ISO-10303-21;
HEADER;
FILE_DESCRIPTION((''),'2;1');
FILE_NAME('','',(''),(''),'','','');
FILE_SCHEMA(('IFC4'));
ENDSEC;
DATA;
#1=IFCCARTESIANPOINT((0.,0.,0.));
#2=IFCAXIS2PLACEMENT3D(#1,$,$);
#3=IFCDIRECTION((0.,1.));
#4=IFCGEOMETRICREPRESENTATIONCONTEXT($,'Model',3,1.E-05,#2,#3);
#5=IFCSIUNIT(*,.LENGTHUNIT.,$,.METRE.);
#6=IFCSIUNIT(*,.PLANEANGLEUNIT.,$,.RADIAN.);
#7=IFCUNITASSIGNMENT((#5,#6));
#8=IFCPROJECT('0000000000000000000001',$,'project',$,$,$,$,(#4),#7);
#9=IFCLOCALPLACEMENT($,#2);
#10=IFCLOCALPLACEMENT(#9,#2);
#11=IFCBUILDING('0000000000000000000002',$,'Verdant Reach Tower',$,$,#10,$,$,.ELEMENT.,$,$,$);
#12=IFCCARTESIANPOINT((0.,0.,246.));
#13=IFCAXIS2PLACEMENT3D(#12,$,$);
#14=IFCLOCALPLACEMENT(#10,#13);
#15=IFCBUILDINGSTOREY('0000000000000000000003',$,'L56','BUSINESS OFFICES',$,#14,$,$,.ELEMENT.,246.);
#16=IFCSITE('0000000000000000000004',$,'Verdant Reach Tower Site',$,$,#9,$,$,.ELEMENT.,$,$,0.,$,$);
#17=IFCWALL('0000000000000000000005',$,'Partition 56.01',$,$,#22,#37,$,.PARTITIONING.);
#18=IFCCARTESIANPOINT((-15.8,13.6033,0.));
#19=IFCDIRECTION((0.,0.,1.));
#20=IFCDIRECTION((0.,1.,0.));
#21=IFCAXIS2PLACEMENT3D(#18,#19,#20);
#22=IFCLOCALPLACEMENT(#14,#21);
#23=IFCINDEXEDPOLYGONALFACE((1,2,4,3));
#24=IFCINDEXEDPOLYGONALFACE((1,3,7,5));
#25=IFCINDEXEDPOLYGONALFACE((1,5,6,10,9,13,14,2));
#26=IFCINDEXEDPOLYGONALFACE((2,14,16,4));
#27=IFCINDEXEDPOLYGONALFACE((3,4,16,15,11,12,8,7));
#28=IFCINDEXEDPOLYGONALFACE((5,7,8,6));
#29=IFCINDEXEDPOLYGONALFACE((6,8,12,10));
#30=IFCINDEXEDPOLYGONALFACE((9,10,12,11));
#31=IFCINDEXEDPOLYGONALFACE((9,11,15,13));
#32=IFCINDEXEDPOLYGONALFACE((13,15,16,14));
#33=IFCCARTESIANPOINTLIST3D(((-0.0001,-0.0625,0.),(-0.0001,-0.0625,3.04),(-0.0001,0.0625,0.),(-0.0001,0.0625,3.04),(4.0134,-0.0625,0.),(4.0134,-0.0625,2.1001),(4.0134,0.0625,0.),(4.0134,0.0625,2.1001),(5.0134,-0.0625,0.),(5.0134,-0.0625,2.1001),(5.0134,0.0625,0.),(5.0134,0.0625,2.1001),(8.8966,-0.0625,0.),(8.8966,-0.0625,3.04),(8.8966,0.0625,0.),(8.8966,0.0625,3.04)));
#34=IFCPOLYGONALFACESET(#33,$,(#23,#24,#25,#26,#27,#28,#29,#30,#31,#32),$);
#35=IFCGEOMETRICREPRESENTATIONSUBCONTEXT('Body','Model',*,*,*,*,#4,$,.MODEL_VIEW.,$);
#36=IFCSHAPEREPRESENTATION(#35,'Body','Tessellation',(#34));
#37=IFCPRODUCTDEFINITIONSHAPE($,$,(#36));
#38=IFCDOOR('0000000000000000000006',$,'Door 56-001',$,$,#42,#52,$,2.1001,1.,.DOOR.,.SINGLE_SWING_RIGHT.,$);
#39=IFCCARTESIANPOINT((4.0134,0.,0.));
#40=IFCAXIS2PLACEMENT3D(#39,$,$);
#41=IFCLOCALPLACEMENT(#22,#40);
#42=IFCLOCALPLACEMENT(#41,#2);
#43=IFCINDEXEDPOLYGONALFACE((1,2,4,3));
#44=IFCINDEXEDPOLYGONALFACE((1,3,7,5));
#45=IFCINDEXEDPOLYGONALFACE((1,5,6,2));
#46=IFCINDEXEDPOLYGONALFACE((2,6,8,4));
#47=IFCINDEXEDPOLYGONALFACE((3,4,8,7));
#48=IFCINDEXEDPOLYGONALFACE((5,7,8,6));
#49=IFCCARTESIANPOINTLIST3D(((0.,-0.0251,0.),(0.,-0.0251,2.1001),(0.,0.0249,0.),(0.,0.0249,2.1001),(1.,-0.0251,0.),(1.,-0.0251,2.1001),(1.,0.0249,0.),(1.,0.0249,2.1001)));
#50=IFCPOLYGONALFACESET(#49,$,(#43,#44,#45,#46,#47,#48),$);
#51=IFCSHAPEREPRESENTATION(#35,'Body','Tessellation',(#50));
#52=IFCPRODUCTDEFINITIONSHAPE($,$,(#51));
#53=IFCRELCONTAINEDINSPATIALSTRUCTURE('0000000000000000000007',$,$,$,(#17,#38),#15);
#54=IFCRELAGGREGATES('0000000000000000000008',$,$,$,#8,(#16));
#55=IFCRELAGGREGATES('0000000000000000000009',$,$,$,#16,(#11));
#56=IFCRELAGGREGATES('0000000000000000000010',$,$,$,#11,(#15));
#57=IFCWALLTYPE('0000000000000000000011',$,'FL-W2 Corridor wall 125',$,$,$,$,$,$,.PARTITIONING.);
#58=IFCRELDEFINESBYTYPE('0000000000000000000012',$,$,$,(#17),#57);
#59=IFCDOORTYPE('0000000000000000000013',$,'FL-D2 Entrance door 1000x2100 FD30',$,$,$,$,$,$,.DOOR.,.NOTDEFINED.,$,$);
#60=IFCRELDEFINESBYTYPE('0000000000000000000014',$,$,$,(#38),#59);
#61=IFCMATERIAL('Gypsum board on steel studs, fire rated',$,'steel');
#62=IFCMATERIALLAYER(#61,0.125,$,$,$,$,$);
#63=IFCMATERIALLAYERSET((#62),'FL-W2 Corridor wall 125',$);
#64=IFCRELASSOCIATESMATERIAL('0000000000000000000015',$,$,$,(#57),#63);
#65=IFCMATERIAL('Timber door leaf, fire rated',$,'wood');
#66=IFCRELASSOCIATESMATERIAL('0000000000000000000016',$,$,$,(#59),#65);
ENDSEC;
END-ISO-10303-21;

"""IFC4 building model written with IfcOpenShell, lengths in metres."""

from ifc_helpers import new_model, si_unit, direction, frame, frame_2d, origin, place, context, subcontext, project, spatial, rectangle, extrude, material, layer, layer_set, type_object, element, fill, save


model = new_model("IFC4")

# Units and contexts
model_context = context("Model", 3, precision=1e-05, world=origin(), true_north=direction((0.0, 1.0)))
body_context = subcontext(model_context, "Body", "Model", "MODEL_VIEW")
ifc_project = project(units=[si_unit("LENGTHUNIT", "METRE"), si_unit("PLANEANGLEUNIT", "RADIAN")], contexts=[model_context])

# Site, building, storey
site_placement = place(None, origin())
site = spatial("IfcSite", under=ifc_project, at=site_placement, Name="Verdant Reach Tower Site", CompositionType="ELEMENT", RefElevation=0.0)
building_placement = place(site_placement, origin())
building = spatial("IfcBuilding", under=site, at=building_placement, Name="Verdant Reach Tower", CompositionType="ELEMENT")
storey_placement = place(building_placement, frame((0.0, 0.0, 246.0)))
storey = spatial("IfcBuildingStorey", under=building, at=storey_placement, Name="L56", Description="BUSINESS OFFICES", CompositionType="ELEMENT", Elevation=246.0)

# Wall, opening, door
ifc_material_1 = material(Name="Gypsum board on steel studs, fire rated", Category="steel")
ifc_layer_1 = layer(ifc_material_1, 0.125)
ifc_layer_set_1 = layer_set([ifc_layer_1], Name="FL-W2 Corridor wall 125")
wall_type_1 = type_object("IfcWallType", Name="FL-W2 Corridor wall 125", PredefinedType="PARTITIONING", material=ifc_layer_set_1)
wall_1_placement = place(storey_placement, frame((-15.8, 13.6033, 0.0), z_axis=(0.0, 0.0, 1.0), x_axis=(0.0, 1.0, 0.0)))
wall_1 = element("IfcWall", 1, at=wall_1_placement, inside=storey, type_object=wall_type_1, Name="Partition 56.01", PredefinedType="PARTITIONING", context=body_context, shape_type="SweptSolid", body=[
    extrude(rectangle(XDim=8.8967, YDim=0.125, at=frame_2d((4.4482, 0.0))), origin(), (0.0, 0.0, 1.0), 3.04),
])
opening_1_placement = place(wall_1_placement, frame((4.0134, 0.0, 0.0)))
opening_1 = element("IfcOpeningElement", 2, at=opening_1_placement, cuts=wall_1, PredefinedType="OPENING", context=body_context, shape_type="SweptSolid", body=[
    extrude(rectangle(XDim=1.0, YDim=2.1001, at=frame_2d((0.5, 1.05))), frame((0.0, 0.0725, 0.0), z_axis=(0.0, -1.0, 0.0), x_axis=(1.0, 0.0, 0.0)), (0.0, 0.0, 1.0), 0.145),
])
ifc_material_2 = material(Name="Timber door leaf, fire rated", Category="wood")
door_type = type_object("IfcDoorType", Name="FL-D2 Entrance door 1000x2100 FD30", OperationType="NOTDEFINED", PredefinedType="DOOR", material=ifc_material_2)
door_1_placement = place(opening_1_placement, origin())
door_1 = element("IfcDoor", 3, at=door_1_placement, inside=storey, type_object=door_type, Name="Door 56-001", OperationType="SINGLE_SWING_RIGHT", OverallHeight=2.1001, OverallWidth=1.0, PredefinedType="DOOR", context=body_context, shape_type="SweptSolid", body=[
    extrude(rectangle(XDim=1.0, YDim=2.1001, at=frame_2d((0.5, 1.05))), frame((0.0, 0.0249, 0.0), z_axis=(0.0, -1.0, 0.0), x_axis=(1.0, 0.0, 0.0)), (0.0, 0.0, 1.0), 0.05),
])
fill(opening_1, door_1)

save(model, "model.ifc")
